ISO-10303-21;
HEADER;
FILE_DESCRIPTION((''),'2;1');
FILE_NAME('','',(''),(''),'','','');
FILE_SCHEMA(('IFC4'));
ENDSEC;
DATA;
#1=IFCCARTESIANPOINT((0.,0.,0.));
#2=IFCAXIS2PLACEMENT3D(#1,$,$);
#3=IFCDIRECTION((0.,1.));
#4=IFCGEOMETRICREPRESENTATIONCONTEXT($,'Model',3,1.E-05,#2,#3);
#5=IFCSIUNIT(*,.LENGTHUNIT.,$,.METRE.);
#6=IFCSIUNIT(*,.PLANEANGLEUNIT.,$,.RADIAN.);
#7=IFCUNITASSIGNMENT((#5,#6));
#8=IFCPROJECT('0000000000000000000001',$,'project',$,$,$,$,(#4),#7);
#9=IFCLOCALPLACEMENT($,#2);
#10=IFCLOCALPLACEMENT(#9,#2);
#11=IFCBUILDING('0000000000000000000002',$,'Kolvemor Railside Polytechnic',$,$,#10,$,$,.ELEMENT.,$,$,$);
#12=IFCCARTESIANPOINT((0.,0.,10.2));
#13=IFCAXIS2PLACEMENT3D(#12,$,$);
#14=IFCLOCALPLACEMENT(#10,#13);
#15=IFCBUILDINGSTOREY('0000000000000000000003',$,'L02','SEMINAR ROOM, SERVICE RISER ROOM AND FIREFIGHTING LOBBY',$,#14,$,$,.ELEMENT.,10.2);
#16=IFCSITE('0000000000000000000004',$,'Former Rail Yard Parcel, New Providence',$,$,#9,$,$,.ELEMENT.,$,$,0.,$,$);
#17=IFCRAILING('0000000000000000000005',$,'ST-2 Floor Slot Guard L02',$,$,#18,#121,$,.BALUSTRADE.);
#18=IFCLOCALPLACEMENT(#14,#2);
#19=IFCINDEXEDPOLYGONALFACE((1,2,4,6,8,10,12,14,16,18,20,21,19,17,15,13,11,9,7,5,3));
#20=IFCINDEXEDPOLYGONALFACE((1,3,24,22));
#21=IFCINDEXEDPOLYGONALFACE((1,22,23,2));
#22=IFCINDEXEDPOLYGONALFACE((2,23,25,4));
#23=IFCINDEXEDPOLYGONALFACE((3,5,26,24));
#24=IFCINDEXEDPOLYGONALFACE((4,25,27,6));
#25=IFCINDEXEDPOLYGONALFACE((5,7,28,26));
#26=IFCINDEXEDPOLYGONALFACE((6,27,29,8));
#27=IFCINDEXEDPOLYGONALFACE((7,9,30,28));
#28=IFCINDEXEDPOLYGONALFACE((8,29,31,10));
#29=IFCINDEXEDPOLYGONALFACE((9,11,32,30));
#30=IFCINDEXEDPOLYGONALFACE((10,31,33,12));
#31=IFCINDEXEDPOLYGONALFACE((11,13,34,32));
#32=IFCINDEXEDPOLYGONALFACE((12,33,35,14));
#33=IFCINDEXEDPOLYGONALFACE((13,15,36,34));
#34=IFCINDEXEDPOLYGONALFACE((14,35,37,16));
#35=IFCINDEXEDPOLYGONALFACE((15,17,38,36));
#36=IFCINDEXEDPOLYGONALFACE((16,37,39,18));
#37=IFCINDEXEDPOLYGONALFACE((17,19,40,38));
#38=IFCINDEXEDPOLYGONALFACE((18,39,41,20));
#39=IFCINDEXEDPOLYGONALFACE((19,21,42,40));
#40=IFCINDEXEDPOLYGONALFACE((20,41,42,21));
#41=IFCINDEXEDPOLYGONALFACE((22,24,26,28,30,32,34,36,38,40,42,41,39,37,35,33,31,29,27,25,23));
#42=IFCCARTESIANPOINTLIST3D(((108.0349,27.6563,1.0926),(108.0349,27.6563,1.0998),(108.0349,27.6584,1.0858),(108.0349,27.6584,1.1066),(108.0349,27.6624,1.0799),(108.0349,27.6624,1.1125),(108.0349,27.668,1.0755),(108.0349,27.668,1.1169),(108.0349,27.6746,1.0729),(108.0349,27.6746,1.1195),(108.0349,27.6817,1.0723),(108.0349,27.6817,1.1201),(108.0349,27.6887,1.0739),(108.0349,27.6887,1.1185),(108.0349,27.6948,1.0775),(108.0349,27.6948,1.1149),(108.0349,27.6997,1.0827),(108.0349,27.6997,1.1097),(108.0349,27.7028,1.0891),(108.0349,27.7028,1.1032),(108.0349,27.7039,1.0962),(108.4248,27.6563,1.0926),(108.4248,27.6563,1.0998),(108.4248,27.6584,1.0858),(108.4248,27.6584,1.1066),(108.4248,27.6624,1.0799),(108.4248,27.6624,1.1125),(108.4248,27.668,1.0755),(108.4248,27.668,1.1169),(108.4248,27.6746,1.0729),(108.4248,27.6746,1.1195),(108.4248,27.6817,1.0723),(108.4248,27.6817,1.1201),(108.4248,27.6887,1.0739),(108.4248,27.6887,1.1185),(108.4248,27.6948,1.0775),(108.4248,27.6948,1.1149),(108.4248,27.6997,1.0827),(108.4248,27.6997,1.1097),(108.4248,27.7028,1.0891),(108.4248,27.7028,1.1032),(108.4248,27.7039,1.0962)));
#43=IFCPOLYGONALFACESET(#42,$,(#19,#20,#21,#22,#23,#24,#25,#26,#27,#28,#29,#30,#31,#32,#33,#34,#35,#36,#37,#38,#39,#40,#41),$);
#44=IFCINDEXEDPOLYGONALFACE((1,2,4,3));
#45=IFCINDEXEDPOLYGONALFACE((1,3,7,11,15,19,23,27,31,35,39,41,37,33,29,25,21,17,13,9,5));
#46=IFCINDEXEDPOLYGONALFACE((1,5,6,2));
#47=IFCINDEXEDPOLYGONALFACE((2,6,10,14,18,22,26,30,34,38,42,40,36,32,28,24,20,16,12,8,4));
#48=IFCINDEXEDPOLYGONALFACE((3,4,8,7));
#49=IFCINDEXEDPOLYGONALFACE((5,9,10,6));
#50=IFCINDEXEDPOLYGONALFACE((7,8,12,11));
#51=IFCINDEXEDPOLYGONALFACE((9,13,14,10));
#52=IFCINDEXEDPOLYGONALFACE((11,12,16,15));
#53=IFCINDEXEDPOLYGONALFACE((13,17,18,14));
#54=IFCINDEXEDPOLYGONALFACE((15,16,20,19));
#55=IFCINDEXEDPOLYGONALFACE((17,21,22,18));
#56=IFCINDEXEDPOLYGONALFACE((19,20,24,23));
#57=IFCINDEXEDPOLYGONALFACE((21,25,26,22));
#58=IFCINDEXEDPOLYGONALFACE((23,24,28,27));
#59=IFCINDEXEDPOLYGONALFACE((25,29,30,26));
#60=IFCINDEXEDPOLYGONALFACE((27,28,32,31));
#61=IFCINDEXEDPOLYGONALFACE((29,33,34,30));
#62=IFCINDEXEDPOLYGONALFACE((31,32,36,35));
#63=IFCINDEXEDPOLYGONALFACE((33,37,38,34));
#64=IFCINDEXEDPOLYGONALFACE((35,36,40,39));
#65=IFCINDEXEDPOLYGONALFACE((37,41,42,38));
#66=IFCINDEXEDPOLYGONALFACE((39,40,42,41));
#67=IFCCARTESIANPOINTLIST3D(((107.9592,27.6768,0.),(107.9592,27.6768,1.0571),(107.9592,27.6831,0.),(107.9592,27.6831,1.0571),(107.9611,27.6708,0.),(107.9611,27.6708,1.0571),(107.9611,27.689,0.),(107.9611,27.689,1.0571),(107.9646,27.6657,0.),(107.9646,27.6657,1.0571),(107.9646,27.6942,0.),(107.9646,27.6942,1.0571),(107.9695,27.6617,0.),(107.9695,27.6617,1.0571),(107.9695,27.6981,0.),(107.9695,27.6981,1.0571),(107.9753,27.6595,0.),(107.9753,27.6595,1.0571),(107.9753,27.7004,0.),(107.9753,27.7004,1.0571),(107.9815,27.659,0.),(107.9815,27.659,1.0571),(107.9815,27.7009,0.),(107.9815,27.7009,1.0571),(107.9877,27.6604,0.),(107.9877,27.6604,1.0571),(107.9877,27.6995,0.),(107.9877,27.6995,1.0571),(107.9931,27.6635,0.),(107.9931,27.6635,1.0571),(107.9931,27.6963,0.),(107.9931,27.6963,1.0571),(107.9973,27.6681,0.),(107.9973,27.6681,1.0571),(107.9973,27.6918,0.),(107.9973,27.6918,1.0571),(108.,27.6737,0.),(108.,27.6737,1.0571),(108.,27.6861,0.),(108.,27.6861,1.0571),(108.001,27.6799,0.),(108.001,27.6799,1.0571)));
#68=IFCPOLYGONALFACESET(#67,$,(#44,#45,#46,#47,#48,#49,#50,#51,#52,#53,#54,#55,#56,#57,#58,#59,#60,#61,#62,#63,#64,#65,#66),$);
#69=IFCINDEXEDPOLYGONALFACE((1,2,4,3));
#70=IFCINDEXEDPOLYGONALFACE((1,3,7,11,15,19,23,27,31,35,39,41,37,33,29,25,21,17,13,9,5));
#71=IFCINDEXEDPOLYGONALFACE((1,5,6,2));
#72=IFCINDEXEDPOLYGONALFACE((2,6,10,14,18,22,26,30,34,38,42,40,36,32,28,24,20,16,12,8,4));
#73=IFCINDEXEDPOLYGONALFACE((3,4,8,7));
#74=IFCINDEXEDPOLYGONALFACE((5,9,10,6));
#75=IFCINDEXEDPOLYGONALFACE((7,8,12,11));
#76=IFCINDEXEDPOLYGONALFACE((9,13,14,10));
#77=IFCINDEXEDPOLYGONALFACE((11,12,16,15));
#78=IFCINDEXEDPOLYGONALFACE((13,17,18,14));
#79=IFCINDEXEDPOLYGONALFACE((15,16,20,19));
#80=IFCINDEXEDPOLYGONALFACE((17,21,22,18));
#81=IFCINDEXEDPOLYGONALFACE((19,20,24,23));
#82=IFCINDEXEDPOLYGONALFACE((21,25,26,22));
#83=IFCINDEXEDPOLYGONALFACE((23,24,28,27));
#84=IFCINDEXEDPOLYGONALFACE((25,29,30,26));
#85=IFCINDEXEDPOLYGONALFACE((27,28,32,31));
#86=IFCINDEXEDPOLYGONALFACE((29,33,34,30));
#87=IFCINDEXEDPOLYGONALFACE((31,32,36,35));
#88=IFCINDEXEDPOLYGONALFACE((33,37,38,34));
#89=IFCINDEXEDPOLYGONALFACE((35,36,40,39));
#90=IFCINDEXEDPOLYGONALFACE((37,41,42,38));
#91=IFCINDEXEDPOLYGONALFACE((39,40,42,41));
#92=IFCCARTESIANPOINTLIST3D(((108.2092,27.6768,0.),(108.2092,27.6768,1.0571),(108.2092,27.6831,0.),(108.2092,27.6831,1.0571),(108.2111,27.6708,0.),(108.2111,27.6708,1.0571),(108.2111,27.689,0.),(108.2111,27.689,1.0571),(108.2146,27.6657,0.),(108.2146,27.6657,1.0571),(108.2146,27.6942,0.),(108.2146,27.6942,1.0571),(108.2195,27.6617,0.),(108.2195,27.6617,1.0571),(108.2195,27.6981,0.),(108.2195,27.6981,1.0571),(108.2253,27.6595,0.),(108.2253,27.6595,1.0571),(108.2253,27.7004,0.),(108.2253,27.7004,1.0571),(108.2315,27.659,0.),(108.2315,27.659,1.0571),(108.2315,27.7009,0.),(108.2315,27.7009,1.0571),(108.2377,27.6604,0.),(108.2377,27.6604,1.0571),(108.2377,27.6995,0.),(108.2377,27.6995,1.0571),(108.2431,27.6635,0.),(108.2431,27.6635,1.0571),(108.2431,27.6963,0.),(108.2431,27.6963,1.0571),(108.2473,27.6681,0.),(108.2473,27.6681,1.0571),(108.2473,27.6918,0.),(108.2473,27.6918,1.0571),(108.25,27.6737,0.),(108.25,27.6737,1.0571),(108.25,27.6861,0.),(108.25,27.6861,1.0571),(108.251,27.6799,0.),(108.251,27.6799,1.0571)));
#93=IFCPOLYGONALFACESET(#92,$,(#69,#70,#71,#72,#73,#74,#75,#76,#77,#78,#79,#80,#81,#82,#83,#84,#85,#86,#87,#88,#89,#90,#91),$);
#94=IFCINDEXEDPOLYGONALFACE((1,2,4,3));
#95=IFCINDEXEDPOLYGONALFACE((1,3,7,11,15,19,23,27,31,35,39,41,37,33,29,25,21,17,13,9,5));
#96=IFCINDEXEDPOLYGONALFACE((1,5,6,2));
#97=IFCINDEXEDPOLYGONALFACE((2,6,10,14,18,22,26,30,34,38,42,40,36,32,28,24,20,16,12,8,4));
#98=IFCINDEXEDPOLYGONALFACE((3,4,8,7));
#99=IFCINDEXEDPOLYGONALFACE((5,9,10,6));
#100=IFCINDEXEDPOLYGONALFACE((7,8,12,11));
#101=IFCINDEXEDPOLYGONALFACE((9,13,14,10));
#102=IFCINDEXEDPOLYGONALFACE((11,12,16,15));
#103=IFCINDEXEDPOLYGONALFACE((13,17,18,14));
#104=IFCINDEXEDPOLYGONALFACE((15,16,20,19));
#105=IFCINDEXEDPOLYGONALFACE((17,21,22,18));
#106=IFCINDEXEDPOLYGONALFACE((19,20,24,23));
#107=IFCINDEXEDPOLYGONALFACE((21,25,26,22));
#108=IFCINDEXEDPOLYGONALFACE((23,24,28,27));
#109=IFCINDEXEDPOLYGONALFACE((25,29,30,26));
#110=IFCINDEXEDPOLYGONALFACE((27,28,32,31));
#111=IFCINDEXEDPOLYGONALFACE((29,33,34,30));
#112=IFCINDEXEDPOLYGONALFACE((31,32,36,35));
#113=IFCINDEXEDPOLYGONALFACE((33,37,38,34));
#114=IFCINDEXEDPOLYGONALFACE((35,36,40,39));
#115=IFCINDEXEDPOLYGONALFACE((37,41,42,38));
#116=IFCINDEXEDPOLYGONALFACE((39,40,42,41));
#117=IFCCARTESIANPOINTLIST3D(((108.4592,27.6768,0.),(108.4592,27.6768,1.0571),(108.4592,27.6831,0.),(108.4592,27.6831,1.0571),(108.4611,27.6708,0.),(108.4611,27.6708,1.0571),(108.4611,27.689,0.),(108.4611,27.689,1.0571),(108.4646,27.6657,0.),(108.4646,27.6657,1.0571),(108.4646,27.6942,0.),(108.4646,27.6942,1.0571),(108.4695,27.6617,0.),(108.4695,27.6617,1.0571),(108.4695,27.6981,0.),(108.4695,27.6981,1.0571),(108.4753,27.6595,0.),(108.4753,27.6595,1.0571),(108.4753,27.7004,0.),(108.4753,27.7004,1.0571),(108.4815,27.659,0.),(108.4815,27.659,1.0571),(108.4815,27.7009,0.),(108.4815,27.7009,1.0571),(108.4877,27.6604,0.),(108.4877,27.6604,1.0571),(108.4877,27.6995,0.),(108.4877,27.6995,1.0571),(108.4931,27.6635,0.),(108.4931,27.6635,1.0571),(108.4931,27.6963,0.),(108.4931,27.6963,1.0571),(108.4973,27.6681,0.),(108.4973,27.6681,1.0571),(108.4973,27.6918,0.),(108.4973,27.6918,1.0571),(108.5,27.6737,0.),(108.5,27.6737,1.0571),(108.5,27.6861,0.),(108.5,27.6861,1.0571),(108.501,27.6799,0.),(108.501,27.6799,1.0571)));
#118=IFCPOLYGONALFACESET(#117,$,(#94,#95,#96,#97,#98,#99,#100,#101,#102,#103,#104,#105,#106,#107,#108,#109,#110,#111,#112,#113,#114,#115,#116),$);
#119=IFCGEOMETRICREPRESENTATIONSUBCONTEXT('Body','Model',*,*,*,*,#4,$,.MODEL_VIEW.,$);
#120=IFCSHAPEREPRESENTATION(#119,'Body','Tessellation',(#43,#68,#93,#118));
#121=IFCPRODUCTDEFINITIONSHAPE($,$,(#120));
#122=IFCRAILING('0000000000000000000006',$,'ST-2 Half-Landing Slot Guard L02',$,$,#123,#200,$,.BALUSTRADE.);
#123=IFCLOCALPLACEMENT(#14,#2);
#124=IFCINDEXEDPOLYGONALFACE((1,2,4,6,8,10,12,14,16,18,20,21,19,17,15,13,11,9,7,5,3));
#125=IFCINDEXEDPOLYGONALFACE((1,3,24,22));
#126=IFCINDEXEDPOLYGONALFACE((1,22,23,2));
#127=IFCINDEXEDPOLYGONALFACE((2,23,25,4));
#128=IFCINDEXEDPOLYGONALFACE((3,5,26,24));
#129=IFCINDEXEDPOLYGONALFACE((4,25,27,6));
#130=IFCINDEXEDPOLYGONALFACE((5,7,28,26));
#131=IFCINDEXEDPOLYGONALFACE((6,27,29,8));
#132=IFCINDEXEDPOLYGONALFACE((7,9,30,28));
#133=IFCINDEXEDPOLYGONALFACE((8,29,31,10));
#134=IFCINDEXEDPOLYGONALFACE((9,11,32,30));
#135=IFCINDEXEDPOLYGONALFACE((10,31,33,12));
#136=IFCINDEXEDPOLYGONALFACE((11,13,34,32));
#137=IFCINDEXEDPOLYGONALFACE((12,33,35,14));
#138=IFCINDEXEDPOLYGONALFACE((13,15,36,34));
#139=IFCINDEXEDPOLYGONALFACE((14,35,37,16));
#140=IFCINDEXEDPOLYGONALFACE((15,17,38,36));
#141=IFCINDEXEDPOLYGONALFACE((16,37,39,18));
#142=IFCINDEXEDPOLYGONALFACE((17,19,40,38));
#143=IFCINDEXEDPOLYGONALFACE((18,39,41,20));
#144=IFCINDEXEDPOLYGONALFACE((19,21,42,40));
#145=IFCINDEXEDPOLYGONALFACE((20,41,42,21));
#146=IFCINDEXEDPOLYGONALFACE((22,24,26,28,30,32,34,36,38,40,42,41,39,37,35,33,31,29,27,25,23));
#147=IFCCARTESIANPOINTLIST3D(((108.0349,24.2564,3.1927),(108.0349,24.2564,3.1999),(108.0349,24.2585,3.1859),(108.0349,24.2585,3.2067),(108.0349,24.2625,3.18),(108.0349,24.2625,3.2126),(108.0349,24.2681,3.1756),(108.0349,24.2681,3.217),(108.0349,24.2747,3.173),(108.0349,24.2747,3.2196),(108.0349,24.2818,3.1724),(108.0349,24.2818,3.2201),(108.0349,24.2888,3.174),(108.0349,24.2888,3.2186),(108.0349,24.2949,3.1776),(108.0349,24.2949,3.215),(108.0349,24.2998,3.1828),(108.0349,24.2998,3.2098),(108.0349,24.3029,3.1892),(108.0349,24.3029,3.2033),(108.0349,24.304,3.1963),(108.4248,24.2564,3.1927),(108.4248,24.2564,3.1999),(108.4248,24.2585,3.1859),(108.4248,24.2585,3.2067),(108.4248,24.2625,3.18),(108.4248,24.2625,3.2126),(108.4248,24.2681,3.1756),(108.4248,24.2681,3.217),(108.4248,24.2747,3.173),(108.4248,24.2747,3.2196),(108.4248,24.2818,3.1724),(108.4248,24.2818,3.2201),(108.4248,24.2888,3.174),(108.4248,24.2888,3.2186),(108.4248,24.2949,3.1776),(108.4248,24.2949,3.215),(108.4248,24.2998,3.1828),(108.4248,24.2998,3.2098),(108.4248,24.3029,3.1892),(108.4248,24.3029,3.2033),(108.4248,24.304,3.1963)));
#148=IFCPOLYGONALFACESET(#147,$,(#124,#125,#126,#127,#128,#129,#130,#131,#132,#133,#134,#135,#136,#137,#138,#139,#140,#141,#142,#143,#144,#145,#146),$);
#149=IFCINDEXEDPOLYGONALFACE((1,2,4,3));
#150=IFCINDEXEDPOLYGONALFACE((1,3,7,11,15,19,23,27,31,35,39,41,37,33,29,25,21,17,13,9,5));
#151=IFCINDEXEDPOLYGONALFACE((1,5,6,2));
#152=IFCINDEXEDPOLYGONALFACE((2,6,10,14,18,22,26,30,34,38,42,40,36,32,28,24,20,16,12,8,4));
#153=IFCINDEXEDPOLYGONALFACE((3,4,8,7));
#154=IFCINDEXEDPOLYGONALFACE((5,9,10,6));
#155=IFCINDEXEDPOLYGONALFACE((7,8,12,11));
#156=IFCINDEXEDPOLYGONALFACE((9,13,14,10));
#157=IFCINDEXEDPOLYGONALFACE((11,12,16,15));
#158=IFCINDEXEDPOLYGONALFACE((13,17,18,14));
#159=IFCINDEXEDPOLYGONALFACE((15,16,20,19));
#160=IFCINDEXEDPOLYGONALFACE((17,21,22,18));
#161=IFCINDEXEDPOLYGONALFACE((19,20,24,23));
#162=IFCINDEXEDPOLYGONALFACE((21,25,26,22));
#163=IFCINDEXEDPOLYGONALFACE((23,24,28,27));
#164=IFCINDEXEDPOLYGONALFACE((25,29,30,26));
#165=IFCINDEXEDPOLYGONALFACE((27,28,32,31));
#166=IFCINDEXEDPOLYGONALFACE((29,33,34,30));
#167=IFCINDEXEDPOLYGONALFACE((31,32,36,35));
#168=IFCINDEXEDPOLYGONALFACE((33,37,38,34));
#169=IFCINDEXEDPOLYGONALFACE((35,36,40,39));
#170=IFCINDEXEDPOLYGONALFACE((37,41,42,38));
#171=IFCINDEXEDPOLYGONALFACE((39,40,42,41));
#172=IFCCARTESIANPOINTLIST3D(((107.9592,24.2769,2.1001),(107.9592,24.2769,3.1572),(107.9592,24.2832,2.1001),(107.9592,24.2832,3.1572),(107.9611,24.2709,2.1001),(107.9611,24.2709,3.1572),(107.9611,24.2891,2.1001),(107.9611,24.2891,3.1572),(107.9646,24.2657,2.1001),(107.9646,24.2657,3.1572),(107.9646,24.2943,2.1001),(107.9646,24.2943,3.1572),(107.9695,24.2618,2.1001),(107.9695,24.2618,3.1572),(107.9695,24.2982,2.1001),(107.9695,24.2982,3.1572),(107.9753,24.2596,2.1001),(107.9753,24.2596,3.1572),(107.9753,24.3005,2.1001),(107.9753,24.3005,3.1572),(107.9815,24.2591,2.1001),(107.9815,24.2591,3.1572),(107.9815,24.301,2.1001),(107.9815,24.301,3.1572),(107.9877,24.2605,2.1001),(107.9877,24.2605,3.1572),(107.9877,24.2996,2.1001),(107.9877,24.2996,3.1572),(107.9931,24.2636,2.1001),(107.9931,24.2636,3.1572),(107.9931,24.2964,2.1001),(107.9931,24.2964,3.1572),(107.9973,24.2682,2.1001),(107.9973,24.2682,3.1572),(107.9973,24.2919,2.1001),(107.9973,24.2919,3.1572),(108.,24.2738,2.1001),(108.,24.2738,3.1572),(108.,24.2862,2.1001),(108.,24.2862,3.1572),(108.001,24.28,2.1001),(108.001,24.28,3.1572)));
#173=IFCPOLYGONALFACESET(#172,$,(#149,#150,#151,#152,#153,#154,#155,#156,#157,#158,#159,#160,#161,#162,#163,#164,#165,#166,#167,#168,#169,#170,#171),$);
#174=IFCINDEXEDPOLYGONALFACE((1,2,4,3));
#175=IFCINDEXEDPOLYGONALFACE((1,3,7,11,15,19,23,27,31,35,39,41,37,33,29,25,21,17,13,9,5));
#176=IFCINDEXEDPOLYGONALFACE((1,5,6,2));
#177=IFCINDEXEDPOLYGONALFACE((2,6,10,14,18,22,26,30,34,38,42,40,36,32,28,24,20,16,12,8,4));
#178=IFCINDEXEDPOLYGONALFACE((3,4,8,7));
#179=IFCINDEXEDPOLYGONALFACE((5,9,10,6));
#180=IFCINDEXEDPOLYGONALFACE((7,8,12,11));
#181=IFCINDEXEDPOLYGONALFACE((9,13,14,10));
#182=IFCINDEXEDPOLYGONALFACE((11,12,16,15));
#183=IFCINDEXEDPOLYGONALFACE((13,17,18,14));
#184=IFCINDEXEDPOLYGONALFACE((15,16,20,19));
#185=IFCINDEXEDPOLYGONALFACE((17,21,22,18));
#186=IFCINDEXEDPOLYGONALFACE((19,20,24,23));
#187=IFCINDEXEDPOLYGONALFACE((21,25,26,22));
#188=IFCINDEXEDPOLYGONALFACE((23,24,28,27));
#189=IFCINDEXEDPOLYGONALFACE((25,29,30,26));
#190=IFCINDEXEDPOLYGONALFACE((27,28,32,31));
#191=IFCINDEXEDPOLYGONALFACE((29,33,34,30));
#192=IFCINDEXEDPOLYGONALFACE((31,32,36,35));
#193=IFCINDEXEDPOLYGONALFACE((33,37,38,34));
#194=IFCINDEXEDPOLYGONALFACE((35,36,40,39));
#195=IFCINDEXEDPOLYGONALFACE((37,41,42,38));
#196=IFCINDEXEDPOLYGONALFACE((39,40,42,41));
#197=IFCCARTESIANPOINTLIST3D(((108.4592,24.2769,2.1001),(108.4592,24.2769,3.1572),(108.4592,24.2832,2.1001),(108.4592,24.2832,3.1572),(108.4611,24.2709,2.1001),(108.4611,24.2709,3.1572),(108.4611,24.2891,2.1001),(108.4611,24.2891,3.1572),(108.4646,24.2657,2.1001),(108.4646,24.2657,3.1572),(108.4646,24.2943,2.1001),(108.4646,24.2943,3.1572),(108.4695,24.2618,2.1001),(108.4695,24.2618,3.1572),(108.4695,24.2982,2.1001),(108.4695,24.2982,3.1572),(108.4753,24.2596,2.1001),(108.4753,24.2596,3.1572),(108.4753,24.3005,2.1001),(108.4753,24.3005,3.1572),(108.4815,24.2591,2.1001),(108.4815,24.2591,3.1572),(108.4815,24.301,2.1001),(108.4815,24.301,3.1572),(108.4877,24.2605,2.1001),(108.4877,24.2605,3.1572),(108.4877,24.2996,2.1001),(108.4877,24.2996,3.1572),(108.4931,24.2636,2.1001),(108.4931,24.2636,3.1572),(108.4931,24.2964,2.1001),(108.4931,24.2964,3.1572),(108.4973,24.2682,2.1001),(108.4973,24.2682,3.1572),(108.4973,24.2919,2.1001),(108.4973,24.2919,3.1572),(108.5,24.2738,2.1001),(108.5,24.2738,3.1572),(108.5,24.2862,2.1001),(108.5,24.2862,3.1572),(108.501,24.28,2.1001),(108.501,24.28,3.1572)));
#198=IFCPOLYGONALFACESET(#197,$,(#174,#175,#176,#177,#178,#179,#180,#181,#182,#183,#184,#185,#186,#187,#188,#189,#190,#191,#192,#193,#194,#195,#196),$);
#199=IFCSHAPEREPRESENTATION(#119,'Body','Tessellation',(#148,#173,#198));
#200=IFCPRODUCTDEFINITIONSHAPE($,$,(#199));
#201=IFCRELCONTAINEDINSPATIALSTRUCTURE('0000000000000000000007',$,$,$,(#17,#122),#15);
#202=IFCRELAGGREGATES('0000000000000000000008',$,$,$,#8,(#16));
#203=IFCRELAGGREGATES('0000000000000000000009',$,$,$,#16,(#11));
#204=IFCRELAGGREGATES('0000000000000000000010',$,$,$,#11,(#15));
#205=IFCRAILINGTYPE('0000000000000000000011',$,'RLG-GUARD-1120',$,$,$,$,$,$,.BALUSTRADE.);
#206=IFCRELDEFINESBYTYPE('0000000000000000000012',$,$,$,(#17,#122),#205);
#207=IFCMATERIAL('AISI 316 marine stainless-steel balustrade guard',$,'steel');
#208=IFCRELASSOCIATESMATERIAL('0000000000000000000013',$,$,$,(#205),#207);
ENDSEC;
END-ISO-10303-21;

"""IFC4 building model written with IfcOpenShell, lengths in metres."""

from ifc_helpers import new_model, si_unit, direction, frame, origin, origin_2d, place, context, subcontext, project, spatial, circle, extrude, material, type_object, element, save


model = new_model("IFC4")

# Units and contexts
model_context = context("Model", 3, precision=1e-05, world=origin(), true_north=direction((0.0, 1.0)))
body_context = subcontext(model_context, "Body", "Model", "MODEL_VIEW")
ifc_project = project(units=[si_unit("LENGTHUNIT", "METRE"), si_unit("PLANEANGLEUNIT", "RADIAN")], contexts=[model_context])

# Site, building, storey
site_placement = place(None, origin())
site = spatial("IfcSite", under=ifc_project, at=site_placement, Name="Former Rail Yard Parcel, New Providence", CompositionType="ELEMENT", RefElevation=0.0)
building_placement = place(site_placement, origin())
building = spatial("IfcBuilding", under=site, at=building_placement, Name="Kolvemor Railside Polytechnic", CompositionType="ELEMENT")
storey_placement = place(building_placement, frame((0.0, 0.0, 10.2)))
storey = spatial("IfcBuildingStorey", under=building, at=storey_placement, Name="L02", Description="SEMINAR ROOM, SERVICE RISER ROOM AND FIREFIGHTING LOBBY", CompositionType="ELEMENT", Elevation=10.2)

# Railings
ifc_material_1 = material(Name="AISI 316 marine stainless-steel balustrade guard", Category="steel")
railing_type_1 = type_object("IfcRailingType", Name="RLG-GUARD-1120", PredefinedType="BALUSTRADE", material=ifc_material_1)
railing_1_placement = place(storey_placement, frame((107.98, 27.6799, 0.0)))
element("IfcRailing", 1, at=railing_1_placement, inside=storey, type_object=railing_type_1, Name="ST-2 Floor Slot Guard L02", PredefinedType="BALUSTRADE", context=body_context, shape_type="SweptSolid", body=[
    extrude(circle(Radius=0.0239, at=origin_2d()), frame((0.0549, 0.0, 1.0962), z_axis=(1.0, 0.0, 0.0), x_axis=(0.0, 1.0, 0.0)), (0.0, 0.0, 1.0), 0.3899),
    extrude(circle(Radius=0.021, at=origin_2d()), origin(), (0.0, 0.0, 1.0), 1.0571),
    extrude(circle(Radius=0.021, at=origin_2d()), frame((0.25, 0.0, 0.0)), (0.0, 0.0, 1.0), 1.0571),
    extrude(circle(Radius=0.021, at=origin_2d()), frame((0.5, 0.0, 0.0)), (0.0, 0.0, 1.0), 1.0571),
])
railing_2_placement = place(storey_placement, frame((107.98, 24.28, 2.1001)))
element("IfcRailing", 2, at=railing_2_placement, inside=storey, type_object=railing_type_1, Name="ST-2 Half-Landing Slot Guard L02", PredefinedType="BALUSTRADE", context=body_context, shape_type="SweptSolid", body=[
    extrude(circle(Radius=0.0239, at=origin_2d()), frame((0.0549, 0.0, 1.0962), z_axis=(1.0, 0.0, 0.0), x_axis=(0.0, 1.0, 0.0)), (0.0, 0.0, 1.0), 0.3899),
    extrude(circle(Radius=0.021, at=origin_2d()), origin(), (0.0, 0.0, 1.0), 1.0571),
    extrude(circle(Radius=0.021, at=origin_2d()), frame((0.5, 0.0, 0.0)), (0.0, 0.0, 1.0), 1.0571),
])

save(model, "model.ifc")
